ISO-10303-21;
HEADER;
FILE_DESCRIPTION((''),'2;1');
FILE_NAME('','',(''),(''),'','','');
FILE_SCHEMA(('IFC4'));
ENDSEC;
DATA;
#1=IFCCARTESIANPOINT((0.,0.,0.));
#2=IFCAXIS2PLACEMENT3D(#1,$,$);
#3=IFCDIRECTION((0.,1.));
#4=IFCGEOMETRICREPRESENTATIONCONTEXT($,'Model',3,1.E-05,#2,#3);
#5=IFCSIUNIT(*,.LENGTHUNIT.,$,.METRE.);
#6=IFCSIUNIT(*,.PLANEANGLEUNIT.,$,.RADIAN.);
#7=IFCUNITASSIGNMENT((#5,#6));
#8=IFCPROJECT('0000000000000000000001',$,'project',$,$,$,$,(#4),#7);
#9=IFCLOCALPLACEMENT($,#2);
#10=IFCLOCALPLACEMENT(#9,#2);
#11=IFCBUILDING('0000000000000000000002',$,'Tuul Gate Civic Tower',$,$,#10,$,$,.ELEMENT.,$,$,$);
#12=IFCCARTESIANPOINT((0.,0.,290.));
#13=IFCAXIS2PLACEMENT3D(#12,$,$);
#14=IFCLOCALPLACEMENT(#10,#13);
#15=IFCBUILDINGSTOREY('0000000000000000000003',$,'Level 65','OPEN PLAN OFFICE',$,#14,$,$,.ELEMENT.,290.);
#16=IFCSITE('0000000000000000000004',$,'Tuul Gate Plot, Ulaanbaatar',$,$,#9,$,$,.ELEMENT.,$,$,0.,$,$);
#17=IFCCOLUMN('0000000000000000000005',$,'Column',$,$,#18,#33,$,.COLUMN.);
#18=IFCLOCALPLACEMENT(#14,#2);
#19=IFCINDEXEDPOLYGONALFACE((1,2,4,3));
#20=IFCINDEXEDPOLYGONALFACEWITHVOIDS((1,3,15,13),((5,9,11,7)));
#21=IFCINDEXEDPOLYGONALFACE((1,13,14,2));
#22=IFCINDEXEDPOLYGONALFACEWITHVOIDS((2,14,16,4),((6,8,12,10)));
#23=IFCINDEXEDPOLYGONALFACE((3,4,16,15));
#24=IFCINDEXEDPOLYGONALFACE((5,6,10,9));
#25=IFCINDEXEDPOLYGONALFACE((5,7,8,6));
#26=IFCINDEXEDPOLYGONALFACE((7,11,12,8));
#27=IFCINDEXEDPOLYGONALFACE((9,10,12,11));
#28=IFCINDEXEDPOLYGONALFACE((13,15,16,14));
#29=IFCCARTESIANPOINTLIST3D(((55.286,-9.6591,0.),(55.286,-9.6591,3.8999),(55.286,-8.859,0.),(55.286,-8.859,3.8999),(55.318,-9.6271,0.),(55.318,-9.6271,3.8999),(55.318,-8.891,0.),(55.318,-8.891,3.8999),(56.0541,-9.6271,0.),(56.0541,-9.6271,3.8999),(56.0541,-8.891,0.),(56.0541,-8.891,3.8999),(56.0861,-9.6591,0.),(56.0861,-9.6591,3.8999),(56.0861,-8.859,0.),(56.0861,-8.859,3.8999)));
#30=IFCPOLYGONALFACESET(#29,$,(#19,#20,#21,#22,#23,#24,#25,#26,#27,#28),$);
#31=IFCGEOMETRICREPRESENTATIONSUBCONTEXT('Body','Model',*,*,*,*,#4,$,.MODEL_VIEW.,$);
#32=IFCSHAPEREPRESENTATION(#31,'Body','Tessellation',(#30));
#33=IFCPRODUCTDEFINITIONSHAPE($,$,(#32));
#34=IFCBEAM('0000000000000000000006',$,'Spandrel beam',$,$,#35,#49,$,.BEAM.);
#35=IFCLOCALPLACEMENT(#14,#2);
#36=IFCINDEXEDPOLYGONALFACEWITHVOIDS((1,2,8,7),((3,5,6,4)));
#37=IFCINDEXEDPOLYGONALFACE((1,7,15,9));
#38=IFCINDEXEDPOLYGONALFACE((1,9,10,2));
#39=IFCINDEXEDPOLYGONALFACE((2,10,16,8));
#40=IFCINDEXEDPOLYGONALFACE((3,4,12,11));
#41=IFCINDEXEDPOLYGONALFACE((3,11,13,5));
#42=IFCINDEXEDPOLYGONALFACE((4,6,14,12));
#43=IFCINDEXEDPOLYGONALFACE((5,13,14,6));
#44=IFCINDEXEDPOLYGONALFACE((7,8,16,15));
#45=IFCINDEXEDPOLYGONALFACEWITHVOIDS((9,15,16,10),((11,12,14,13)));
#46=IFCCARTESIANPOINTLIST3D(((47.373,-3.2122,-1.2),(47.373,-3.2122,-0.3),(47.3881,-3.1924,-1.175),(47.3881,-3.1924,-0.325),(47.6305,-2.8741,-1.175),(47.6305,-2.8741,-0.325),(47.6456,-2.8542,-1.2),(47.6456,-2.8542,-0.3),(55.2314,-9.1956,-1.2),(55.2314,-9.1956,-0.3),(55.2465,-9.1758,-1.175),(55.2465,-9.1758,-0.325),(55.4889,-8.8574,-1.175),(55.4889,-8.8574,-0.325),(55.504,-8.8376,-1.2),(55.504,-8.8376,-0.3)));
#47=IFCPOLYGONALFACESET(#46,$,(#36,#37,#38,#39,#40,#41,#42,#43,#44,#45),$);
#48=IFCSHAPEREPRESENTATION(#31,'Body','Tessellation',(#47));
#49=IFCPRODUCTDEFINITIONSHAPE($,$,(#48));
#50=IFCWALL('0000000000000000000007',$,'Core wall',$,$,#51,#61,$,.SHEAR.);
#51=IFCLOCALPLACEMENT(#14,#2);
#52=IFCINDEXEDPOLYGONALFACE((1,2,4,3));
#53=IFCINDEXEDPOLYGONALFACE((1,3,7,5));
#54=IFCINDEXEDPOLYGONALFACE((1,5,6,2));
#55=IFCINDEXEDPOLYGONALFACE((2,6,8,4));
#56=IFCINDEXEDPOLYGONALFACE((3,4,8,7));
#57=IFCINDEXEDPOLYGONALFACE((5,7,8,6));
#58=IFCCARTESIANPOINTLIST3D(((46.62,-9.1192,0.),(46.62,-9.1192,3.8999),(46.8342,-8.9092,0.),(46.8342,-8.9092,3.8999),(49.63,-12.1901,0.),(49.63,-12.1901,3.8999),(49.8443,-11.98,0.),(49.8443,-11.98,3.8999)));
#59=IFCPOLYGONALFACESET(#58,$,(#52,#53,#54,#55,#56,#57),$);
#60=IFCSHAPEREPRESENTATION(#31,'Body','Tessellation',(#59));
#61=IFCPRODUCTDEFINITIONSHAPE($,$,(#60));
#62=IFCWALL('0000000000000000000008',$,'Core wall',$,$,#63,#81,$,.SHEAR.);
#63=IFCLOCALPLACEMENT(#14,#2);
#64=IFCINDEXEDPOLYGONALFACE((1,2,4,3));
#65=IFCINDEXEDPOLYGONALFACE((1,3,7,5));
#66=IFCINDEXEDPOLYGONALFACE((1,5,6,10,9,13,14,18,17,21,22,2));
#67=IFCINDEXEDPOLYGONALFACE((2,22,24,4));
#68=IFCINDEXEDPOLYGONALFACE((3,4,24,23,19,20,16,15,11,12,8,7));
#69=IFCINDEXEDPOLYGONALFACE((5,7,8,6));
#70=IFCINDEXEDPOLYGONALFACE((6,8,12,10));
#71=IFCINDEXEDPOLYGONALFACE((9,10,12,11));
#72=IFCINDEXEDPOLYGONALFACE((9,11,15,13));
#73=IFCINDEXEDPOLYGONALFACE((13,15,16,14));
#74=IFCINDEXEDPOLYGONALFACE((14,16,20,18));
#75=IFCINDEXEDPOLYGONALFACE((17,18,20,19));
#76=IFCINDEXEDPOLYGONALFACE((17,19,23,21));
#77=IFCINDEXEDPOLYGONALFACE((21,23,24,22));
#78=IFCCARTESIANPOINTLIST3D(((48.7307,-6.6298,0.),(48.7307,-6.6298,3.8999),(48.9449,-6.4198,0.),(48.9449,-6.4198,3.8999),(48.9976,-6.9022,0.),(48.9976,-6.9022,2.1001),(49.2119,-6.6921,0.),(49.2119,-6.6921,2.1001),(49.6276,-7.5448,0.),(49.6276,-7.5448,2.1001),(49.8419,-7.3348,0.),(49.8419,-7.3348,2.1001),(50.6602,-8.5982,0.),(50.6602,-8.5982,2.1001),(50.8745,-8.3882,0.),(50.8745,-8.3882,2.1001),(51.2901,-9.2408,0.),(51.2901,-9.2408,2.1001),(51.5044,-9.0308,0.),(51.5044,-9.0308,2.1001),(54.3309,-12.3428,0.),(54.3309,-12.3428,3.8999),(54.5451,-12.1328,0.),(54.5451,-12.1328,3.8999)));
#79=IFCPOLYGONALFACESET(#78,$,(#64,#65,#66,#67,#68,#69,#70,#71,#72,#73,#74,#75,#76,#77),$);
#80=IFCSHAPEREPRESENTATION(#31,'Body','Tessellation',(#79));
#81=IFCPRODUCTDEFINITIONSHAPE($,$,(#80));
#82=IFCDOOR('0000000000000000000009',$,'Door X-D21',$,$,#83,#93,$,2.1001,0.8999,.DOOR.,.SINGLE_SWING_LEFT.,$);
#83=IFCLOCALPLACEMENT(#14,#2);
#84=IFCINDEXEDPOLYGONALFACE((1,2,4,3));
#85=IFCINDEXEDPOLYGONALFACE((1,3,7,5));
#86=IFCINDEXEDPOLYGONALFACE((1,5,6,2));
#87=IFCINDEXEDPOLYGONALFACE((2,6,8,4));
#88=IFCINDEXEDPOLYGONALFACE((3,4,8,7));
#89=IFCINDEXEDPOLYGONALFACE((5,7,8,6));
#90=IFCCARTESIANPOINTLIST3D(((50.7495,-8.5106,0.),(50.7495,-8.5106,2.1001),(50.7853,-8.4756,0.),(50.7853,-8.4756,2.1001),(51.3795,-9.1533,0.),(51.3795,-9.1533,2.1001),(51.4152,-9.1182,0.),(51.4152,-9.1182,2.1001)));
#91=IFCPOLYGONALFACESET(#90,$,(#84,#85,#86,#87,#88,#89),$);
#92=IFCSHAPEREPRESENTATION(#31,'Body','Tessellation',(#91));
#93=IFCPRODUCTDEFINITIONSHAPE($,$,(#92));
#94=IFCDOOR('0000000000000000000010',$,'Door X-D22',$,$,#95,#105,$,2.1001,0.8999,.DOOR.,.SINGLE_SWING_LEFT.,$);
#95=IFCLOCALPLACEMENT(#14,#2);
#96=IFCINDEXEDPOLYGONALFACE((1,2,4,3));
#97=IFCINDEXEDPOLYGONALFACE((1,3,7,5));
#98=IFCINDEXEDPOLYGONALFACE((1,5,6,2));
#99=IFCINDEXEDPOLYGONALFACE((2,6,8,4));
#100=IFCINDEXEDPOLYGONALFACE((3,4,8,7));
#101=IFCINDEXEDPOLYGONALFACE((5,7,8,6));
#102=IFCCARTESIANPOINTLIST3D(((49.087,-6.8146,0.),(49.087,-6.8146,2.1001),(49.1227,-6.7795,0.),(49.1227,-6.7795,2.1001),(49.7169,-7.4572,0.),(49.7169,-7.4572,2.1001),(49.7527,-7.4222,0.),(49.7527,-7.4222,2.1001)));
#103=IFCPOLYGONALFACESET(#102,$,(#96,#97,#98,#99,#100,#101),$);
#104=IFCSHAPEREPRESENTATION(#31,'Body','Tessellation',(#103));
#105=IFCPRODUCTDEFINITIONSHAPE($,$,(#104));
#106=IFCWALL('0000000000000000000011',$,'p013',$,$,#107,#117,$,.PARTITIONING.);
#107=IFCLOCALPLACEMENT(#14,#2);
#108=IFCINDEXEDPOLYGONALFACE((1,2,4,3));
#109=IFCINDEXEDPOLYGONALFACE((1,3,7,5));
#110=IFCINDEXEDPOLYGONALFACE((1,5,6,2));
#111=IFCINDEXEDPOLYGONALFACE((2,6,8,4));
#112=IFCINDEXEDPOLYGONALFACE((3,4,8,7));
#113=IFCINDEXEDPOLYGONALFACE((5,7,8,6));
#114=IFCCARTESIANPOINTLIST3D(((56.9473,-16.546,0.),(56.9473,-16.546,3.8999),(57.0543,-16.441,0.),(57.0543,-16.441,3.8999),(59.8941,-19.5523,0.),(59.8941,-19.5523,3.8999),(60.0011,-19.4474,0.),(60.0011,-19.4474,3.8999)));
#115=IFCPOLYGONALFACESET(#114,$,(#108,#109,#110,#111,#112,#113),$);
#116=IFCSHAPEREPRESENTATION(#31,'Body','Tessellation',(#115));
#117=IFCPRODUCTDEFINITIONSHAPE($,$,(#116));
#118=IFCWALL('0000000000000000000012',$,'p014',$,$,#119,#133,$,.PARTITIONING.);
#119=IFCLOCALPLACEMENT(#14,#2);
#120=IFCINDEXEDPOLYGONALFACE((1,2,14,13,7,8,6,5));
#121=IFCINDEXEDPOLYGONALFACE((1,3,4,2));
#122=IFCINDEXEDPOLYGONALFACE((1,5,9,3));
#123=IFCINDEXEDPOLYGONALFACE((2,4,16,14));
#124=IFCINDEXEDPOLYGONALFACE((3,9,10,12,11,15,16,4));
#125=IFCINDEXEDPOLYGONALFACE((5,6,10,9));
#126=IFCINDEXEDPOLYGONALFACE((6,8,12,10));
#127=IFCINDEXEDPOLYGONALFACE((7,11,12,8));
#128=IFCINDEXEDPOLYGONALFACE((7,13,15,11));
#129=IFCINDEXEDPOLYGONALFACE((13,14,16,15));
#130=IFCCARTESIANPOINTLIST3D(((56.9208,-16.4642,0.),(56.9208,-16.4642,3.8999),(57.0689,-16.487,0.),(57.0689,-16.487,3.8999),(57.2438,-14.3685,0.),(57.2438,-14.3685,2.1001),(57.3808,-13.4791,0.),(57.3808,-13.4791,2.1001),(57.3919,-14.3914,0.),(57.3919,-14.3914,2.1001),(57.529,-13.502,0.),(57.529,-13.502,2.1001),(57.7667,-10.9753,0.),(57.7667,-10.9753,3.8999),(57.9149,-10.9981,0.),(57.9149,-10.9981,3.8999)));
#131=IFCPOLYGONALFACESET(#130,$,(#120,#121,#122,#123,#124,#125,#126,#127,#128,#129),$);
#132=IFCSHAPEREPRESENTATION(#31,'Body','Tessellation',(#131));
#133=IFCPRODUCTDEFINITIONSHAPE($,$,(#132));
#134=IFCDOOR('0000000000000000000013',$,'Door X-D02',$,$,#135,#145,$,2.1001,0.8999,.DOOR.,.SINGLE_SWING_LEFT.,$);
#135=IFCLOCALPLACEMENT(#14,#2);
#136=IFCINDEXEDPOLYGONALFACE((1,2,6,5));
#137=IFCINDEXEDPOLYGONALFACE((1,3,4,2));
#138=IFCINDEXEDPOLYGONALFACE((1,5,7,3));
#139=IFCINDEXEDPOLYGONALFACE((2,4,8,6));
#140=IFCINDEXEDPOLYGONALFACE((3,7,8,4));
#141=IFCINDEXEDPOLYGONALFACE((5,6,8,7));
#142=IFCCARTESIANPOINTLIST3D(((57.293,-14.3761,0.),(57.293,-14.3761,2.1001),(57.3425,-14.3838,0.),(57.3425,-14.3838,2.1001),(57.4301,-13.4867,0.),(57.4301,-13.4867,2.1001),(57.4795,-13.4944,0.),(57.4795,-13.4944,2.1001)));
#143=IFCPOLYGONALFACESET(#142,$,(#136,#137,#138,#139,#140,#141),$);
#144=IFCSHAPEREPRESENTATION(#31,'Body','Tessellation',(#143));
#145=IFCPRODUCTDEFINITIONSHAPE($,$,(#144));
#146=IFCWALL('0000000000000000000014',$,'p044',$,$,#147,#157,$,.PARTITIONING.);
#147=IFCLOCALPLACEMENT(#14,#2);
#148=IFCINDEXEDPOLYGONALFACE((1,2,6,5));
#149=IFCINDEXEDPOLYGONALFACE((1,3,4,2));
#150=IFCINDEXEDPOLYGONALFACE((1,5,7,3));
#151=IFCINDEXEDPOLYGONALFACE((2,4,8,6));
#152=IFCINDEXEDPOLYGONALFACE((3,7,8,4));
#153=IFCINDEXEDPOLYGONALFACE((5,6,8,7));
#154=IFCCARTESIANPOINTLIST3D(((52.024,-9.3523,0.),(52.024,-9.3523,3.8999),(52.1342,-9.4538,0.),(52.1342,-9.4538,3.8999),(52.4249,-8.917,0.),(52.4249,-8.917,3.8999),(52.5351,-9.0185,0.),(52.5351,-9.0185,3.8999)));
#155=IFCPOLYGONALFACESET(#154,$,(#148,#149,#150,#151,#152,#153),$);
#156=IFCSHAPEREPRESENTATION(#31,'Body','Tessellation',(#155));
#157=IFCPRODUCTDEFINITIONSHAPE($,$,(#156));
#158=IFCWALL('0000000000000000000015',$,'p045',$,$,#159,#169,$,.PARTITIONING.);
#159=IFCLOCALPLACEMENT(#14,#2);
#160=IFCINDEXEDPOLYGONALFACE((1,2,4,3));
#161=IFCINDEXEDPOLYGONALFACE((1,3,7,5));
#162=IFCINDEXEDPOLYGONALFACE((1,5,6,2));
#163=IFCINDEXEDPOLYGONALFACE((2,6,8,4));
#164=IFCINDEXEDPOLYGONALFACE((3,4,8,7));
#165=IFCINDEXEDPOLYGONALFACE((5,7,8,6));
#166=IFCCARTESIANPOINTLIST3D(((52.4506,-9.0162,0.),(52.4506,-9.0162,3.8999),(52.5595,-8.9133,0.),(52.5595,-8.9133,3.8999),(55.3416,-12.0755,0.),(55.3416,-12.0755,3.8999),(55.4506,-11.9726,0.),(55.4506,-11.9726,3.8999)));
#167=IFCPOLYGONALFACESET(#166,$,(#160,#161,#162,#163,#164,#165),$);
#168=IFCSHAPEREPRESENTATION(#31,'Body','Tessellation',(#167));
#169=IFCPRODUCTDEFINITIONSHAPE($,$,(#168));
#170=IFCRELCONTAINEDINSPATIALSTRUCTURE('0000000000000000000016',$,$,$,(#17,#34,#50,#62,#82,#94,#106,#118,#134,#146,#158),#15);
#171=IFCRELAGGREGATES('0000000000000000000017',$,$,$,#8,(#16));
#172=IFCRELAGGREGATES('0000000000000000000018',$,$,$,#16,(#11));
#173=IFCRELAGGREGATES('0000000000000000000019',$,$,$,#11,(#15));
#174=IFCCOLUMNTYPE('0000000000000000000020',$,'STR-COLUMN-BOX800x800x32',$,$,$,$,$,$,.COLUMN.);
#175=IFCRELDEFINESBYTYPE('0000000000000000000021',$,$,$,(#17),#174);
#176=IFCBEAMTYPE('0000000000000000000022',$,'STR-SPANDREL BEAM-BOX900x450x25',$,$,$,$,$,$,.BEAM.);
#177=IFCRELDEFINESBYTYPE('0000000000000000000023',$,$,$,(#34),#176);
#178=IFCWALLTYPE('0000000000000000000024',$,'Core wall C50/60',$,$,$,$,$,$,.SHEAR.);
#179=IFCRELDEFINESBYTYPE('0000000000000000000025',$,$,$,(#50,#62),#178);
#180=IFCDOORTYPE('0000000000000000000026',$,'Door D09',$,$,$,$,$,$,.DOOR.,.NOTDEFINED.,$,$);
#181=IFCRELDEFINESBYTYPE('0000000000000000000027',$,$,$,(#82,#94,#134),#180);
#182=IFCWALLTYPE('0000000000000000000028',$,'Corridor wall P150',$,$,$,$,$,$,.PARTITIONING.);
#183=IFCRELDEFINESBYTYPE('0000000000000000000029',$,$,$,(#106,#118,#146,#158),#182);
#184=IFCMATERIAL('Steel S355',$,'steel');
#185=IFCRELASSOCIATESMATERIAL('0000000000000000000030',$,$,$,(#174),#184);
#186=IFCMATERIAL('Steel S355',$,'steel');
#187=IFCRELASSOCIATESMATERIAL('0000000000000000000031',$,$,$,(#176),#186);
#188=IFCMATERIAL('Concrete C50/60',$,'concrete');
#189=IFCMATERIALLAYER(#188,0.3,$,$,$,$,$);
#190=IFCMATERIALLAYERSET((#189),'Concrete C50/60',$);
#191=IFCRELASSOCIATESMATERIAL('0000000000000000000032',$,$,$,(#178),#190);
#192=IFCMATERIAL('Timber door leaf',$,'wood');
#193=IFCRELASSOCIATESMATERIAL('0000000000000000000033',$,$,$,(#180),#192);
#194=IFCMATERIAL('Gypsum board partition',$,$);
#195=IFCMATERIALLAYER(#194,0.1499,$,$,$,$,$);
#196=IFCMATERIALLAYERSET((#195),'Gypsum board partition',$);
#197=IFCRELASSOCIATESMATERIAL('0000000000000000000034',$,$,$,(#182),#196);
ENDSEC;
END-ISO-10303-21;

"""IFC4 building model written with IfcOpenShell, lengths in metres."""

from ifc_helpers import new_model, si_unit, direction, frame, frame_2d, origin, origin_2d, place, context, subcontext, project, spatial, rectangle, hollow_rectangle, extrude, material, layer, layer_set, material_profile, profile_set, type_object, element, fill, save


model = new_model("IFC4")

# Units and contexts
model_context = context("Model", 3, precision=1e-05, world=origin(), true_north=direction((0.0, 1.0)))
body_context = subcontext(model_context, "Body", "Model", "MODEL_VIEW")
ifc_project = project(units=[si_unit("LENGTHUNIT", "METRE"), si_unit("PLANEANGLEUNIT", "RADIAN")], contexts=[model_context])

# Site, building, storey
site_placement = place(None, origin())
site = spatial("IfcSite", under=ifc_project, at=site_placement, Name="Tuul Gate Plot, Ulaanbaatar", CompositionType="ELEMENT", RefElevation=0.0)
building_placement = place(site_placement, origin())
building = spatial("IfcBuilding", under=site, at=building_placement, Name="Tuul Gate Civic Tower", CompositionType="ELEMENT")
storey_placement = place(building_placement, frame((0.0, 0.0, 290.0)))
storey = spatial("IfcBuildingStorey", under=building, at=storey_placement, Name="Level 65", Description="OPEN PLAN OFFICE", CompositionType="ELEMENT", Elevation=290.0)

# Column
ifc_material_1 = material(Name="Steel S355", Category="steel")
ifc_material_profile_1 = material_profile(ifc_material_1, hollow_rectangle(XDim=0.8, YDim=0.8, WallThickness=0.032, at=origin_2d()), Name="BOX800x800x32")
ifc_profile_set_1 = profile_set([ifc_material_profile_1], Name="Steel S355")
column_type = type_object("IfcColumnType", Name="STR-COLUMN-BOX800x800x32", PredefinedType="COLUMN", material=ifc_profile_set_1)
column_placement = place(storey_placement, frame((55.686, -9.259, 0.0), z_axis=(0.0, 0.0, 1.0), x_axis=(1.0, 0.0, 0.0)))
element("IfcColumn", 1, at=column_placement, inside=storey, type_object=column_type, Name="Column", PredefinedType="COLUMN", context=body_context, shape_type="SweptSolid", body=[
    extrude(hollow_rectangle(XDim=0.8, YDim=0.8, WallThickness=0.032, at=origin_2d()), origin(), (0.0, 0.0, 1.0), 3.8999),
])

# Beam
ifc_material_2 = material(Name="Steel S355", Category="steel")
ifc_material_profile_2 = material_profile(ifc_material_2, hollow_rectangle(XDim=0.45, YDim=0.8999, WallThickness=0.0249, at=origin_2d()), Name="BOX900x450x25")
ifc_profile_set_2 = profile_set([ifc_material_profile_2], Name="Steel S355")
beam_type = type_object("IfcBeamType", Name="STR-SPANDREL BEAM-BOX900x450x25", PredefinedType="BEAM", material=ifc_profile_set_2)
beam_placement = place(storey_placement, frame((55.3677, -9.0166, -0.75), z_axis=(-0.795625, 0.60579, 0.0), x_axis=(-0.60579, -0.795625, 0.0)))
element("IfcBeam", 2, at=beam_placement, inside=storey, type_object=beam_type, Name="Spandrel beam", PredefinedType="BEAM", context=body_context, shape_type="SweptSolid", body=[
    extrude(hollow_rectangle(XDim=0.45, YDim=0.8999, WallThickness=0.0249, at=origin_2d()), origin(), (0.0, 0.0, 1.0), 9.877),
])

# Wall
ifc_material_3 = material(Name="Concrete C50/60", Category="concrete")
ifc_layer_1 = layer(ifc_material_3, 0.3)
ifc_layer_set_1 = layer_set([ifc_layer_1], Name="Concrete C50/60")
wall_type_1 = type_object("IfcWallType", Name="Core wall C50/60", PredefinedType="SHEAR", material=ifc_layer_set_1)
wall_1_placement = place(storey_placement, frame((49.7371, -12.085, 0.0), z_axis=(0.0, 0.0, 1.0), x_axis=(-0.700003, 0.71414, 0.0)))
element("IfcWall", 3, at=wall_1_placement, inside=storey, type_object=wall_type_1, Name="Core wall", PredefinedType="SHEAR", context=body_context, shape_type="SweptSolid", body=[
    extrude(rectangle(XDim=4.3, YDim=0.3, at=frame_2d((2.1499, 0.0))), origin(), (0.0, 0.0, 1.0), 3.8999),
])

# Wall, openings, doors
wall_2_placement = place(storey_placement, frame((54.438, -12.2378, 0.0), z_axis=(0.0, 0.0, 1.0), x_axis=(-0.700022, 0.714121, 0.0)))
wall_2 = element("IfcWall", 4, at=wall_2_placement, inside=storey, type_object=wall_type_1, Name="Core wall", PredefinedType="SHEAR", context=body_context, shape_type="SweptSolid", body=[
    extrude(rectangle(XDim=8.0, YDim=0.3, at=frame_2d((4.0, 0.0))), origin(), (0.0, 0.0, 1.0), 3.8999),
])
opening_1_placement = place(wall_2_placement, frame((4.3438, 0.0, 0.0)))
opening_1 = element("IfcOpeningElement", 5, at=opening_1_placement, cuts=wall_2, PredefinedType="OPENING", context=body_context, shape_type="SweptSolid", body=[
    extrude(rectangle(XDim=0.8999, YDim=2.1001, at=frame_2d((0.45, 1.05))), frame((0.0, 0.1602, 0.0), z_axis=(0.0, -1.0, 0.0), x_axis=(1.0, 0.0, 0.0)), (0.0, 0.0, 1.0), 0.3201),
])
opening_2_placement = place(wall_2_placement, frame((6.7188, 0.0, 0.0)))
opening_2 = element("IfcOpeningElement", 6, at=opening_2_placement, cuts=wall_2, PredefinedType="OPENING", context=body_context, shape_type="SweptSolid", body=[
    extrude(rectangle(XDim=0.8999, YDim=2.1001, at=frame_2d((0.45, 1.05))), frame((0.0, 0.1602, 0.0), z_axis=(0.0, -1.0, 0.0), x_axis=(1.0, 0.0, 0.0)), (0.0, 0.0, 1.0), 0.3201),
])
ifc_material_4 = material(Name="Timber door leaf", Category="wood")
door_type = type_object("IfcDoorType", Name="Door D09", OperationType="NOTDEFINED", PredefinedType="DOOR", material=ifc_material_4)
door_1_placement = place(opening_1_placement, origin())
door_1 = element("IfcDoor", 7, at=door_1_placement, inside=storey, type_object=door_type, Name="Door X-D21", OperationType="SINGLE_SWING_LEFT", OverallHeight=2.1001, OverallWidth=0.8999, PredefinedType="DOOR", context=body_context, shape_type="SweptSolid", body=[
    extrude(rectangle(XDim=0.8999, YDim=2.1001, at=frame_2d((0.45, 1.05))), frame((0.0, 0.0249, 0.0), z_axis=(0.0, -1.0, 0.0), x_axis=(1.0, 0.0, 0.0)), (0.0, 0.0, 1.0), 0.05),
])
fill(opening_1, door_1)
door_2_placement = place(opening_2_placement, origin())
door_2 = element("IfcDoor", 8, at=door_2_placement, inside=storey, type_object=door_type, Name="Door X-D22", OperationType="SINGLE_SWING_LEFT", OverallHeight=2.1001, OverallWidth=0.8999, PredefinedType="DOOR", context=body_context, shape_type="SweptSolid", body=[
    extrude(rectangle(XDim=0.8999, YDim=2.1001, at=frame_2d((0.45, 1.05))), frame((0.0, 0.0249, 0.0), z_axis=(0.0, -1.0, 0.0), x_axis=(1.0, 0.0, 0.0)), (0.0, 0.0, 1.0), 0.05),
])
fill(opening_2, door_2)

# Wall
ifc_material_5 = material(Name="Gypsum board partition")
ifc_layer_2 = layer(ifc_material_5, 0.1499)
ifc_layer_set_2 = layer_set([ifc_layer_2], Name="Gypsum board partition")
wall_type_2 = type_object("IfcWallType", Name="Corridor wall P150", PredefinedType="PARTITIONING", material=ifc_layer_set_2)
wall_3_placement = place(storey_placement, frame((57.0007, -16.4934, 0.0), z_axis=(0.0, 0.0, 1.0), x_axis=(0.699996, -0.714147, 0.0)))
element("IfcWall", 9, at=wall_3_placement, inside=storey, type_object=wall_type_2, Name="p013", PredefinedType="PARTITIONING", context=body_context, shape_type="SweptSolid", body=[
    extrude(rectangle(XDim=4.2097, YDim=0.1499, at=frame_2d((2.105, 0.0))), origin(), (0.0, 0.0, 1.0), 3.8999),
])

# Wall, opening, door
wall_4_placement = place(storey_placement, frame((56.9949, -16.4756, 0.0), z_axis=(0.0, 0.0, 1.0), x_axis=(0.152318, 0.988332, 0.0)))
wall_4 = element("IfcWall", 10, at=wall_4_placement, inside=storey, type_object=wall_type_2, Name="p014", PredefinedType="PARTITIONING", context=body_context, shape_type="SweptSolid", body=[
    extrude(rectangle(XDim=5.5537, YDim=0.1499, at=frame_2d((2.7769, 0.0))), origin(), (0.0, 0.0, 1.0), 3.8999),
])
opening_3_placement = place(wall_4_placement, frame((2.1204, 0.0, 0.0)))
opening_3 = element("IfcOpeningElement", 11, at=opening_3_placement, cuts=wall_4, PredefinedType="OPENING", context=body_context, shape_type="SweptSolid", body=[
    extrude(rectangle(XDim=0.8999, YDim=2.1001, at=frame_2d((0.45, 1.05))), frame((0.0, 0.085, 0.0), z_axis=(0.0, -1.0, 0.0), x_axis=(1.0, 0.0, 0.0)), (0.0, 0.0, 1.0), 0.1699),
])
door_3_placement = place(opening_3_placement, frame((0.8999, 0.0, 0.0), z_axis=(0.0, 0.0, 1.0), x_axis=(-1.0, 0.0, 0.0)))
door_3 = element("IfcDoor", 12, at=door_3_placement, inside=storey, type_object=door_type, Name="Door X-D02", OperationType="SINGLE_SWING_LEFT", OverallHeight=2.1001, OverallWidth=0.8999, PredefinedType="DOOR", context=body_context, shape_type="SweptSolid", body=[
    extrude(rectangle(XDim=0.8999, YDim=2.1001, at=frame_2d((0.45, 1.05))), frame((0.0, 0.0249, 0.0), z_axis=(0.0, -1.0, 0.0), x_axis=(1.0, 0.0, 0.0)), (0.0, 0.0, 1.0), 0.05),
])
fill(opening_3, door_3)

# Walls
wall_5_placement = place(storey_placement, frame((52.0791, -9.4031, 0.0), z_axis=(0.0, 0.0, 1.0), x_axis=(0.677423, 0.735594, 0.0)))
element("IfcWall", 13, at=wall_5_placement, inside=storey, type_object=wall_type_2, Name="p044", PredefinedType="PARTITIONING", context=body_context, shape_type="SweptSolid", body=[
    extrude(rectangle(XDim=0.5918, YDim=0.1499, at=frame_2d((0.2959, 0.0))), origin(), (0.0, 0.0, 1.0), 3.8999),
])
wall_6_placement = place(storey_placement, frame((52.5051, -8.9648, 0.0), z_axis=(0.0, 0.0, 1.0), x_axis=(0.686843, -0.726806, 0.0)))
element("IfcWall", 14, at=wall_6_placement, inside=storey, type_object=wall_type_2, Name="p045", PredefinedType="PARTITIONING", context=body_context, shape_type="SweptSolid", body=[
    extrude(rectangle(XDim=4.2092, YDim=0.1499, at=frame_2d((2.1045, 0.0))), origin(), (0.0, 0.0, 1.0), 3.8999),
])

save(model, "model.ifc")
